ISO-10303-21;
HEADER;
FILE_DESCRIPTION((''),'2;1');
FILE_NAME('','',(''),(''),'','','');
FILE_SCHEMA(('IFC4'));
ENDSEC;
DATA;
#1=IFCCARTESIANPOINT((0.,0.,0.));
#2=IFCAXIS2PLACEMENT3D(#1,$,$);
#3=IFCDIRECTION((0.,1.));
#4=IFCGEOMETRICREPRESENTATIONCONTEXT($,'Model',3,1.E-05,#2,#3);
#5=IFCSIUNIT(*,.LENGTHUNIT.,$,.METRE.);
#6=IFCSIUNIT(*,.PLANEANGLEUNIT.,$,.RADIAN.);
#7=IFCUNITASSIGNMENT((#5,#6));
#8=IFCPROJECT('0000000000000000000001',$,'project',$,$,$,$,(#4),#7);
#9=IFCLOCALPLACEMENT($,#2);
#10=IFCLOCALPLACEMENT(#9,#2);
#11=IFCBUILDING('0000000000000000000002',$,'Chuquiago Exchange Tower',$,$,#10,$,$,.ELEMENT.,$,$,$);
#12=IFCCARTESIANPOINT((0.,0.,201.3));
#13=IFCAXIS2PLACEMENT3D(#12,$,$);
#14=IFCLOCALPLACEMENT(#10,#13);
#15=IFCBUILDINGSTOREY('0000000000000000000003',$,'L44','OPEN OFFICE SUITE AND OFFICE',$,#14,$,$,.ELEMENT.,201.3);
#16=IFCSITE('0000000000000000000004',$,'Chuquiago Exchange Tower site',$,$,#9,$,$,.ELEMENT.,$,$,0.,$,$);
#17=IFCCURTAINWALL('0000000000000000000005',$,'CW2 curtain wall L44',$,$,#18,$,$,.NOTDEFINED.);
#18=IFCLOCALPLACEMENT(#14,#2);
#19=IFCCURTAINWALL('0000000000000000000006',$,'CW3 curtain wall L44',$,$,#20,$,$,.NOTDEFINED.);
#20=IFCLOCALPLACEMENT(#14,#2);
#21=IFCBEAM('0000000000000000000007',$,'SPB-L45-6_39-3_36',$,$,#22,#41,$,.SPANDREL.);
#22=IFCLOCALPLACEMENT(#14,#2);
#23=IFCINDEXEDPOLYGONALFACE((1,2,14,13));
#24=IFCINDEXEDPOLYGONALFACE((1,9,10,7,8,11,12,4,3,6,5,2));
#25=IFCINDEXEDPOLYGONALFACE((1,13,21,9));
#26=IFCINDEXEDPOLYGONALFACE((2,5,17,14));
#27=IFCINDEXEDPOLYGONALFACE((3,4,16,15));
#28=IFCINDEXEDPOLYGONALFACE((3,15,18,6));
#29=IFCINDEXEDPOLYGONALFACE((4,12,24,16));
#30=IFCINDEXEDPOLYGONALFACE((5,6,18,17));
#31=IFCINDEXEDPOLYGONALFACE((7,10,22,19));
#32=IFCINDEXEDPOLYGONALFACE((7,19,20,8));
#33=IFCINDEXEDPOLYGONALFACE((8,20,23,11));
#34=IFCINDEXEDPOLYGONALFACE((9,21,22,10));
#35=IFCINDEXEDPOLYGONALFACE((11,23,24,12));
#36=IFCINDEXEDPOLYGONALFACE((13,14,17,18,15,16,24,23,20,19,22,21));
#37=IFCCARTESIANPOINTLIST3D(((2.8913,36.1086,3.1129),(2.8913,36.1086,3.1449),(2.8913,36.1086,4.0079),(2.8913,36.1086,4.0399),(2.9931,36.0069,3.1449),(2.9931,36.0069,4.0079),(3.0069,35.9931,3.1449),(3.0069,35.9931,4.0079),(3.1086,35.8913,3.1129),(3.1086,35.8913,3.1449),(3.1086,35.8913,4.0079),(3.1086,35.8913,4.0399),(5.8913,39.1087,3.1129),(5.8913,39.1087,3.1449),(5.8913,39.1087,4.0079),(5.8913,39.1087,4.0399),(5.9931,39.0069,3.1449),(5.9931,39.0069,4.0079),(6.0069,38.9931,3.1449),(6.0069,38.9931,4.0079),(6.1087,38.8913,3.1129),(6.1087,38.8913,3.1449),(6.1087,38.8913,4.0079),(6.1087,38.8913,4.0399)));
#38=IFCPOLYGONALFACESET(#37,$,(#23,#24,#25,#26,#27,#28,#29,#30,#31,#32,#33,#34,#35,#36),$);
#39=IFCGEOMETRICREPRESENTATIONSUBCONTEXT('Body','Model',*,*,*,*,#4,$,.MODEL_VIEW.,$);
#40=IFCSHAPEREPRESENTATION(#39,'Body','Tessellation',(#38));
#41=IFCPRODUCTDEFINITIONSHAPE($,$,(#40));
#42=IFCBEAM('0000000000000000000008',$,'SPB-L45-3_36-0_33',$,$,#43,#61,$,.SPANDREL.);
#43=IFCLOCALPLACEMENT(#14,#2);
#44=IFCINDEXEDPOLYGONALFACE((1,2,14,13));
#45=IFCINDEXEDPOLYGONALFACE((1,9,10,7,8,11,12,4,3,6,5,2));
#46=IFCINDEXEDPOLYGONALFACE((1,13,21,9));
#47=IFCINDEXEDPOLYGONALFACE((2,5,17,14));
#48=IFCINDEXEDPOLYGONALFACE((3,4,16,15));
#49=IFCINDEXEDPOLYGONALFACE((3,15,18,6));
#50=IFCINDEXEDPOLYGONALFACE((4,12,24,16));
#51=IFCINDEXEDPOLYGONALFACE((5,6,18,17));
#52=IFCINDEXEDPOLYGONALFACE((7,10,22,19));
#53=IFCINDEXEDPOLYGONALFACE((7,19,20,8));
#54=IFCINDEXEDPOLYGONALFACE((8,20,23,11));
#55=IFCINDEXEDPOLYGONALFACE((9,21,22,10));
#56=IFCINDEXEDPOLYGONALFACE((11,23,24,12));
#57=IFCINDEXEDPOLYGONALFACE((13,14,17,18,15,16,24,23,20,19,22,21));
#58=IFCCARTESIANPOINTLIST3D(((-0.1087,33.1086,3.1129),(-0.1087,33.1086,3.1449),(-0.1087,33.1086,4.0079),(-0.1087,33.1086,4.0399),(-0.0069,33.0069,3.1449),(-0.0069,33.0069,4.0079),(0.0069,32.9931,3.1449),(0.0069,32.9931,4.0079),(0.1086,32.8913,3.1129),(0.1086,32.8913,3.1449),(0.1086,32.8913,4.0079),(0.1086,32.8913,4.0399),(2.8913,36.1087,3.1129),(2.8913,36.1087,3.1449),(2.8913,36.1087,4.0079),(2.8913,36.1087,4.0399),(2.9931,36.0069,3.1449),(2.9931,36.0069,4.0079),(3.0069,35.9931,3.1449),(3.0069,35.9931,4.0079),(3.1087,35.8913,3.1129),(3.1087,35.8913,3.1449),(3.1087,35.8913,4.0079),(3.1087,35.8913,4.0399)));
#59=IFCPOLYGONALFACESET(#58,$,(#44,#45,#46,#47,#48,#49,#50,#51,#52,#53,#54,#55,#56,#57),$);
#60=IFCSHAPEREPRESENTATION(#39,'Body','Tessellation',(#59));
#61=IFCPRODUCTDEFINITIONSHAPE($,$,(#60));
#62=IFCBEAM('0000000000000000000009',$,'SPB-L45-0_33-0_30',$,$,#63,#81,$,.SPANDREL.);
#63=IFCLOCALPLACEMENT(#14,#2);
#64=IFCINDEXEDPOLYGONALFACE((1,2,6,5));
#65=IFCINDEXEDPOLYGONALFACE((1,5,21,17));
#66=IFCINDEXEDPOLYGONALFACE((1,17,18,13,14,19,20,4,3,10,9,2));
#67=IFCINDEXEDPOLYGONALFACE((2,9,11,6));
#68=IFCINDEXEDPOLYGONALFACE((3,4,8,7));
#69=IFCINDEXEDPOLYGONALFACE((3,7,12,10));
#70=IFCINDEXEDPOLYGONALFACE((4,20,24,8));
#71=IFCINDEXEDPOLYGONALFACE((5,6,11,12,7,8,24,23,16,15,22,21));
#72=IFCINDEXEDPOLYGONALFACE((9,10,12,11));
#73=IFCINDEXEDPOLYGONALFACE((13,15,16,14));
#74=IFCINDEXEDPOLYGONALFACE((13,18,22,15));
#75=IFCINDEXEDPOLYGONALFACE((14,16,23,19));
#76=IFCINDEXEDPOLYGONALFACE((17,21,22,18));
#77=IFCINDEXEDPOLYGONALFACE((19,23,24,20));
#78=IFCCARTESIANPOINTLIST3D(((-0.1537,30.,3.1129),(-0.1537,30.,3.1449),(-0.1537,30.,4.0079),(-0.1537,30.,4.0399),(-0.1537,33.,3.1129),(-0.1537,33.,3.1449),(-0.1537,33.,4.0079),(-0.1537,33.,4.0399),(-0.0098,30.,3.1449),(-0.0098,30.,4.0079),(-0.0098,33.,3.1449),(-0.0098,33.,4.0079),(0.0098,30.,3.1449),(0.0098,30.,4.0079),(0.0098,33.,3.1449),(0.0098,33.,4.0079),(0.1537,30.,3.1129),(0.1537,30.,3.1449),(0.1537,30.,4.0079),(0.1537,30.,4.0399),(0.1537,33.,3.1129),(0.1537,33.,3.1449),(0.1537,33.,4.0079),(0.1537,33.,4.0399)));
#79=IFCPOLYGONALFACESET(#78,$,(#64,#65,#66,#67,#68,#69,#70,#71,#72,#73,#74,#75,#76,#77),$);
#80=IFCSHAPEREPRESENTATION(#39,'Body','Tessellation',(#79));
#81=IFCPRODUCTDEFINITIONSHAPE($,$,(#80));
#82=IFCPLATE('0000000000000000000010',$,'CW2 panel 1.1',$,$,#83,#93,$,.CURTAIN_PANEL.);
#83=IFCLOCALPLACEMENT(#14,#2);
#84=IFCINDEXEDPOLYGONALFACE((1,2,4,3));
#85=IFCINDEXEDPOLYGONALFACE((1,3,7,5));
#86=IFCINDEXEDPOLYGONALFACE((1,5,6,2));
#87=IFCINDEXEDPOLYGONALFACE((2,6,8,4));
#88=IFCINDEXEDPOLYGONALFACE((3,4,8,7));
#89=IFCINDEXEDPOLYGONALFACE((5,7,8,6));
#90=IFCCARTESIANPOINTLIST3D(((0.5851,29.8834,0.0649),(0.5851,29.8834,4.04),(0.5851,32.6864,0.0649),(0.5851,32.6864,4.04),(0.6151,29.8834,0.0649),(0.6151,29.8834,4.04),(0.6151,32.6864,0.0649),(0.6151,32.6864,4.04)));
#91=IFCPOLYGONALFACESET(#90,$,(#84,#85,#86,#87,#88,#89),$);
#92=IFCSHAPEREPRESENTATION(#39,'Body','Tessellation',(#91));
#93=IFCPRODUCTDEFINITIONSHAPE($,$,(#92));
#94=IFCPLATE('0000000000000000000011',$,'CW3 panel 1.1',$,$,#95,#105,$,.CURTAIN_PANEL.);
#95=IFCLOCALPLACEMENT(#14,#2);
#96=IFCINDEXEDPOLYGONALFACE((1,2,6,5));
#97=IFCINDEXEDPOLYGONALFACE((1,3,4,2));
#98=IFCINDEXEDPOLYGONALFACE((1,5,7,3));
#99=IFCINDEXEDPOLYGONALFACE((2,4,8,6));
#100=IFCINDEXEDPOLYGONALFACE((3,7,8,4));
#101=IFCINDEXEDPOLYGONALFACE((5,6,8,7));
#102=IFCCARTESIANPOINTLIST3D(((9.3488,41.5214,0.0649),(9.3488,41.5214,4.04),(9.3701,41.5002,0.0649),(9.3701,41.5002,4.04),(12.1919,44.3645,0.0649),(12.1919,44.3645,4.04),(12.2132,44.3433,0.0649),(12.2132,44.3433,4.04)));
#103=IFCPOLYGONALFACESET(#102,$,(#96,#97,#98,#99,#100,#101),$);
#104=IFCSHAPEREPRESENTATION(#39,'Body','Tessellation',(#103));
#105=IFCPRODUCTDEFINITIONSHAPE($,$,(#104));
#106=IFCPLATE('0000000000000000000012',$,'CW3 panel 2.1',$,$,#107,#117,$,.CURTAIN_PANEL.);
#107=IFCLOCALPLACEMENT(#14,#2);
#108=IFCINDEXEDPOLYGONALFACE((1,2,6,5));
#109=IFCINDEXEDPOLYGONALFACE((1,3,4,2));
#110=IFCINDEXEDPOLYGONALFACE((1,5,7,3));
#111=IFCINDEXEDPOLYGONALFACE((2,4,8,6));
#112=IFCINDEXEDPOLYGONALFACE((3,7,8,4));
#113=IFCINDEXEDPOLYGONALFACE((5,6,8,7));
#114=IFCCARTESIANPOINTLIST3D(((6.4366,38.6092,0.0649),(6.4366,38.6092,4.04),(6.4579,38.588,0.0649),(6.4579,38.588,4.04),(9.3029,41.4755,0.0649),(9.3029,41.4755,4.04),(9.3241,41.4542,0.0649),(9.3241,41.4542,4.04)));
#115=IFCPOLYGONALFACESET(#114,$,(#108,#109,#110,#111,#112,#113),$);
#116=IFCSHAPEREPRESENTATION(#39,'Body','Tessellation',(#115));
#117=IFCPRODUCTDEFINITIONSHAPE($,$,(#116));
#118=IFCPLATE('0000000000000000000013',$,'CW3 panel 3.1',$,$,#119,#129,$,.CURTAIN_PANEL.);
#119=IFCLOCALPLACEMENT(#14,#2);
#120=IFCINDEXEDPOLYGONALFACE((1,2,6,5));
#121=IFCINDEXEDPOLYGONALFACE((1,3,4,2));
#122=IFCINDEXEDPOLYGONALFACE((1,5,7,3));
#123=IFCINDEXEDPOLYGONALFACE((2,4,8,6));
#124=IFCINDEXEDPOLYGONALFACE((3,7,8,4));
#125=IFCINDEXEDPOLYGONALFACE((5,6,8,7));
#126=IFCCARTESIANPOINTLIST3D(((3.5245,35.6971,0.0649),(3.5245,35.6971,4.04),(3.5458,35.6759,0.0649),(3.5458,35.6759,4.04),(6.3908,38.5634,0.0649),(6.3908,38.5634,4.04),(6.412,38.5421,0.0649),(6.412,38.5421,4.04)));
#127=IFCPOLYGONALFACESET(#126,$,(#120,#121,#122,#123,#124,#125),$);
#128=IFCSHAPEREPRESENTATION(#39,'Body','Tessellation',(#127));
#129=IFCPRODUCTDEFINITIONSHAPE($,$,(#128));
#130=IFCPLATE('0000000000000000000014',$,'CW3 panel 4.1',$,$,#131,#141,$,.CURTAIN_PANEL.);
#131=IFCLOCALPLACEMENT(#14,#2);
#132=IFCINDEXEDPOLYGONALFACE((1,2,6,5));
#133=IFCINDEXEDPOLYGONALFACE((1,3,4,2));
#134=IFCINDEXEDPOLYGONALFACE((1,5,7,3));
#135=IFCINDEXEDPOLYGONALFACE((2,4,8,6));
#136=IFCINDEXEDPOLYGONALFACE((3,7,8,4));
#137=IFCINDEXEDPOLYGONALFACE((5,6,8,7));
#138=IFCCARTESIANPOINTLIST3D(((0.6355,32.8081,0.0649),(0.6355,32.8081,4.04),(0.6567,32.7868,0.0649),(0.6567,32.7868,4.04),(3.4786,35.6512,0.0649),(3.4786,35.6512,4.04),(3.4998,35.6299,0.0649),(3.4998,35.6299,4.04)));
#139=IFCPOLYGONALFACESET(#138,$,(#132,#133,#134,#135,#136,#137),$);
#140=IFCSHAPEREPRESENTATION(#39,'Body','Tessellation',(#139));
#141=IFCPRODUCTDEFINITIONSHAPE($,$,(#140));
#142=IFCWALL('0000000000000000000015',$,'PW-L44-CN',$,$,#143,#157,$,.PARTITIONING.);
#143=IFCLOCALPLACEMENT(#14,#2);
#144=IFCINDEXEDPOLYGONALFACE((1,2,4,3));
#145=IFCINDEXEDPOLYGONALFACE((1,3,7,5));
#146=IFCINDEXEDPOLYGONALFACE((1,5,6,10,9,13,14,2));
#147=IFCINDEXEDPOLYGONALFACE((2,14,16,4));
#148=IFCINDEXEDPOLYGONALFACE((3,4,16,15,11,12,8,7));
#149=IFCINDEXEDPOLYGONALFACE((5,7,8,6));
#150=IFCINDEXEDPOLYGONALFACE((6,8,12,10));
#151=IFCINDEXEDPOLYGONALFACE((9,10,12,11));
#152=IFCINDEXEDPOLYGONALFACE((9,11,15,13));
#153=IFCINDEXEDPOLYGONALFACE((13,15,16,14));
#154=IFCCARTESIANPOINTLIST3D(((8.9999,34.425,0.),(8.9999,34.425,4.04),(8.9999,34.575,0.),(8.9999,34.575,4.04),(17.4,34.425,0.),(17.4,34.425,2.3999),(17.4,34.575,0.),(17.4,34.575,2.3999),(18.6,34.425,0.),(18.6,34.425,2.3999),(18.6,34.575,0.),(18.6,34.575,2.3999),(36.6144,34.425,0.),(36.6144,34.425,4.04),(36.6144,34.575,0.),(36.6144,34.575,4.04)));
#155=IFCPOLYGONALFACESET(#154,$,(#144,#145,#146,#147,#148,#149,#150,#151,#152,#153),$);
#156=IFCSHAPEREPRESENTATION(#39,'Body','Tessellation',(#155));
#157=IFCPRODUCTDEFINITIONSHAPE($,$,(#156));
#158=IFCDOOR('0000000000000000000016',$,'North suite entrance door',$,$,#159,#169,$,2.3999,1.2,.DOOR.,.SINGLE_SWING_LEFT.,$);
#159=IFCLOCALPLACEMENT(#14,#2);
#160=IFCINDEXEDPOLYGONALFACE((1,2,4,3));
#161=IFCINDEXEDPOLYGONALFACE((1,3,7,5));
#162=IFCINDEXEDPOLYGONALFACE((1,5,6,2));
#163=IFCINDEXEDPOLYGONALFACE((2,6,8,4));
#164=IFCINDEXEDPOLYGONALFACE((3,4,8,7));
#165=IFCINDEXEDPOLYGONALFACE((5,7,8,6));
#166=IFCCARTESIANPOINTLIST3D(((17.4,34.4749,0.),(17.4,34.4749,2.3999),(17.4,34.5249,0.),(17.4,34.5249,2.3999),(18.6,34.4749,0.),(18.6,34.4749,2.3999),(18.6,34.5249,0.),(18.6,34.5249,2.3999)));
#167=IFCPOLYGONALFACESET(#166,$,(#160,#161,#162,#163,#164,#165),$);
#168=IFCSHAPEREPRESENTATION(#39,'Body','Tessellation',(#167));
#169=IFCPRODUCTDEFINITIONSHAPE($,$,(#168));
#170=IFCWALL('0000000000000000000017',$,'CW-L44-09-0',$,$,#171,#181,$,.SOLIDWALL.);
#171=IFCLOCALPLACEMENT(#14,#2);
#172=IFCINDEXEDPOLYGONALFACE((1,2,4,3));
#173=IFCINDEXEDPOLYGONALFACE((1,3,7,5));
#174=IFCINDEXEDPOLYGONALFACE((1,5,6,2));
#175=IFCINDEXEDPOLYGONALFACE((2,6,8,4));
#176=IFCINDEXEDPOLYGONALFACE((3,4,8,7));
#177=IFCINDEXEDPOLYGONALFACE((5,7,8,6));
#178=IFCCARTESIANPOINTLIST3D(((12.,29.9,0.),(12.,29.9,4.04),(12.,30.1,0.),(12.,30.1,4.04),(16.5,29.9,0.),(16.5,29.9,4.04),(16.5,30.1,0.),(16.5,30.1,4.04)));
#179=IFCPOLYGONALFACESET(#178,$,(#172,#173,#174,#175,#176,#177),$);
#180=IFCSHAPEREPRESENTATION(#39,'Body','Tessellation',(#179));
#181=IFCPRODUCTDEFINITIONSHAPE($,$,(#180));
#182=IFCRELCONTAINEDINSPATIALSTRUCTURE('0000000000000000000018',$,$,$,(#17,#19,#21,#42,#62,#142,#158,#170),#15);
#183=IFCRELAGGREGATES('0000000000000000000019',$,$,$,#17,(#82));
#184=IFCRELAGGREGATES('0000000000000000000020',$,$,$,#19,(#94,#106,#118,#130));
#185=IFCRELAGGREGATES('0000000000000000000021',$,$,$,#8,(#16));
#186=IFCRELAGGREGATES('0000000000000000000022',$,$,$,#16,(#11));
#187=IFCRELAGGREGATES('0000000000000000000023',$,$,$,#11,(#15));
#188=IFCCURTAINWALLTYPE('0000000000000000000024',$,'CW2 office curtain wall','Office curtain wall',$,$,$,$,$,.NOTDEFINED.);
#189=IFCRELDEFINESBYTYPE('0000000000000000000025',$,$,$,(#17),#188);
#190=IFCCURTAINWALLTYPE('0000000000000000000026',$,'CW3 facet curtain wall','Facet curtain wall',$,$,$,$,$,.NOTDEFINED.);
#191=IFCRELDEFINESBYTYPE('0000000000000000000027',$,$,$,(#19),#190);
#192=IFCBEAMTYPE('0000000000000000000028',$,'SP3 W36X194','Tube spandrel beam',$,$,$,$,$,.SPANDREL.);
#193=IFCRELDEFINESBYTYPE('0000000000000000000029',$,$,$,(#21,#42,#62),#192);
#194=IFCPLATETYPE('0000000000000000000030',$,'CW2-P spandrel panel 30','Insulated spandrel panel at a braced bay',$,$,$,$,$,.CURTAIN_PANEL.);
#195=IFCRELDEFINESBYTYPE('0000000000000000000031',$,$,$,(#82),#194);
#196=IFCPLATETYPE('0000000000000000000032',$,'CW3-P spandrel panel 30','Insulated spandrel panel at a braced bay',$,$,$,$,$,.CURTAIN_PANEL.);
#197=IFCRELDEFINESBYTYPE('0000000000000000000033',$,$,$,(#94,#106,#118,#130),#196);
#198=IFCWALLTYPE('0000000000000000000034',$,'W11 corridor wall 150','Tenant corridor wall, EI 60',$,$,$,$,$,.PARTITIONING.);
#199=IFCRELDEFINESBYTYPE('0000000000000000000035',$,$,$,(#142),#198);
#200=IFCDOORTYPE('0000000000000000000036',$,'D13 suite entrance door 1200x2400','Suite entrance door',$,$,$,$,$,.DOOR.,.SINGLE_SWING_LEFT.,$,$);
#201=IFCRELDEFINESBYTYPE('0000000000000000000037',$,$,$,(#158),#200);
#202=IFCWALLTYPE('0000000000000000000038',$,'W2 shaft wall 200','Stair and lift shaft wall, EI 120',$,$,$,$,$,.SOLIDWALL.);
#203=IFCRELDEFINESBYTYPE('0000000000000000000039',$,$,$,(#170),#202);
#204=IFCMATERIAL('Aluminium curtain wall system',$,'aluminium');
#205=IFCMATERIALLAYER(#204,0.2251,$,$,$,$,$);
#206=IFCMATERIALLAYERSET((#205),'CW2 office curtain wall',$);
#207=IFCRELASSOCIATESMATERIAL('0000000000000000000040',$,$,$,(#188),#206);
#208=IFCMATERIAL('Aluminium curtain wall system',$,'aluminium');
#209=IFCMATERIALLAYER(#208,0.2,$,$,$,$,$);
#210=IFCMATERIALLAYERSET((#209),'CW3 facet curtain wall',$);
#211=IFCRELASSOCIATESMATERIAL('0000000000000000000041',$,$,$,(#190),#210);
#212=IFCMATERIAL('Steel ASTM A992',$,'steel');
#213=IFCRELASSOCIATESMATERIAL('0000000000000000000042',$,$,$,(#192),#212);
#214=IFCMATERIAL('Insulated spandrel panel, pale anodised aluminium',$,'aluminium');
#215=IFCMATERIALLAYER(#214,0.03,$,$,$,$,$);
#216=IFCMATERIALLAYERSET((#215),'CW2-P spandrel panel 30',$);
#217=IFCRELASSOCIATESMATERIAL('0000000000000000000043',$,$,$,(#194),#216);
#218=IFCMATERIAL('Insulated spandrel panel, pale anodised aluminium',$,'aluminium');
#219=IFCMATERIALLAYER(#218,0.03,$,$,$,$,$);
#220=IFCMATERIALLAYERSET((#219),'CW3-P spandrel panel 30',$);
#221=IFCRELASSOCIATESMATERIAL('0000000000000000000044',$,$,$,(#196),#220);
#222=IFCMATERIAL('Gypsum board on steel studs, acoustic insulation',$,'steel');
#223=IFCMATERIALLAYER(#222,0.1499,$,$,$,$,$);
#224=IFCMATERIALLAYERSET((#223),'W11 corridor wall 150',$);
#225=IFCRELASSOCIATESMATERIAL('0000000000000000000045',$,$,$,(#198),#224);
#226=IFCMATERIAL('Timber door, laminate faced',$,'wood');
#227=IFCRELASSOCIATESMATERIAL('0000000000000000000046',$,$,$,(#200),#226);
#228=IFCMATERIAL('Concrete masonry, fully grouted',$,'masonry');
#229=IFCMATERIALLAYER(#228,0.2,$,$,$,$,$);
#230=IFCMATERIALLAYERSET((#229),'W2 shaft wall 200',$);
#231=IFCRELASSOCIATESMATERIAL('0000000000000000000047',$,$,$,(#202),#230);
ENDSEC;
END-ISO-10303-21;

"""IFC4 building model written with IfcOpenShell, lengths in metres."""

from ifc_helpers import new_model, si_unit, direction, frame, frame_2d, origin, origin_2d, place, context, subcontext, project, spatial, rectangle, i_section, extrude, material, layer, layer_set, material_profile, profile_set, type_object, element, fill, aggregate, save


model = new_model("IFC4")

# Units and contexts
model_context = context("Model", 3, precision=1e-05, world=origin(), true_north=direction((0.0, 1.0)))
body_context = subcontext(model_context, "Body", "Model", "MODEL_VIEW")
ifc_project = project(units=[si_unit("LENGTHUNIT", "METRE"), si_unit("PLANEANGLEUNIT", "RADIAN")], contexts=[model_context])

# Site, building, storey
site_placement = place(None, origin())
site = spatial("IfcSite", under=ifc_project, at=site_placement, Name="Chuquiago Exchange Tower site", CompositionType="ELEMENT", RefElevation=0.0)
building_placement = place(site_placement, origin())
building = spatial("IfcBuilding", under=site, at=building_placement, Name="Chuquiago Exchange Tower", CompositionType="ELEMENT")
storey_placement = place(building_placement, frame((0.0, 0.0, 201.3)))
storey = spatial("IfcBuildingStorey", under=building, at=storey_placement, Name="L44", Description="OPEN OFFICE SUITE AND OFFICE", CompositionType="ELEMENT", Elevation=201.3)

# Curtain walls
ifc_material_1 = material(Name="Aluminium curtain wall system", Category="aluminium")
ifc_layer_1 = layer(ifc_material_1, 0.2251)
ifc_layer_set_1 = layer_set([ifc_layer_1], Name="CW2 office curtain wall")
curtain_wall_type_1 = type_object("IfcCurtainWallType", Name="CW2 office curtain wall", Description="Office curtain wall", PredefinedType="NOTDEFINED", material=ifc_layer_set_1)
curtain_wall_1_placement = place(storey_placement, origin())
curtain_wall_1 = element("IfcCurtainWall", 1, at=curtain_wall_1_placement, inside=storey, type_object=curtain_wall_type_1, Name="CW2 curtain wall L44", PredefinedType="NOTDEFINED")
ifc_material_2 = material(Name="Aluminium curtain wall system", Category="aluminium")
ifc_layer_2 = layer(ifc_material_2, 0.2)
ifc_layer_set_2 = layer_set([ifc_layer_2], Name="CW3 facet curtain wall")
curtain_wall_type_2 = type_object("IfcCurtainWallType", Name="CW3 facet curtain wall", Description="Facet curtain wall", PredefinedType="NOTDEFINED", material=ifc_layer_set_2)
curtain_wall_2_placement = place(storey_placement, origin())
curtain_wall_2 = element("IfcCurtainWall", 2, at=curtain_wall_2_placement, inside=storey, type_object=curtain_wall_type_2, Name="CW3 curtain wall L44", PredefinedType="NOTDEFINED")

# Beams
ifc_material_3 = material(Name="Steel ASTM A992", Category="steel")
ifc_material_profile_1 = material_profile(ifc_material_3, i_section(OverallWidth=0.3074, OverallDepth=0.927, WebThickness=0.0195, FlangeThickness=0.032, at=origin_2d()), Name="W36X194")
ifc_profile_set_1 = profile_set([ifc_material_profile_1], Name="Steel ASTM A992")
beam_type_1 = type_object("IfcBeamType", Name="SP3 W36X194", Description="Tube spandrel beam", PredefinedType="SPANDREL", material=ifc_profile_set_1)
for number, where, z_axis, x_axis, name in (
    (3, (6.0, 39.0, 3.5764), (-0.707107, -0.707107, 0.0), (0.707107, -0.707107, 0.0), "SPB-L45-6_39-3_36"),
    (4, (3.0, 36.0, 3.5764), (-0.707107, -0.707107, 0.0), (0.707107, -0.707107, 0.0), "SPB-L45-3_36-0_33"),
):
    element("IfcBeam", number, at=place(storey_placement, frame(where, z_axis=z_axis, x_axis=x_axis)), inside=storey, type_object=beam_type_1, Name=name, PredefinedType="SPANDREL", context=body_context, shape_type="SweptSolid", body=[
        extrude(i_section(OverallWidth=0.3074, OverallDepth=0.927, WebThickness=0.0195, FlangeThickness=0.032, at=origin_2d()), origin(), (0.0, 0.0, 1.0), 4.2427),
    ])
beam_1_placement = place(storey_placement, frame((0.0, 33.0, 3.5764), z_axis=(0.0, -1.0, 0.0), x_axis=(1.0, 0.0, 0.0)))
element("IfcBeam", 5, at=beam_1_placement, inside=storey, type_object=beam_type_1, Name="SPB-L45-0_33-0_30", PredefinedType="SPANDREL", context=body_context, shape_type="SweptSolid", body=[
    extrude(i_section(OverallWidth=0.3074, OverallDepth=0.927, WebThickness=0.0195, FlangeThickness=0.032, at=origin_2d()), origin(), (0.0, 0.0, 1.0), 3.0),
])

# Plates
ifc_material_4 = material(Name="Insulated spandrel panel, pale anodised aluminium", Category="aluminium")
ifc_layer_3 = layer(ifc_material_4, 0.03)
ifc_layer_set_3 = layer_set([ifc_layer_3], Name="CW2-P spandrel panel 30")
plate_type_1 = type_object("IfcPlateType", Name="CW2-P spandrel panel 30", Description="Insulated spandrel panel at a braced bay", PredefinedType="CURTAIN_PANEL", material=ifc_layer_set_3)
plate_1_placement = place(storey_placement, frame((0.6001, 31.2849, 0.0649), z_axis=(0.0, 0.0, 1.0), x_axis=(0.0, -1.0, 0.0)))
plate_1 = element("IfcPlate", 6, at=plate_1_placement, type_object=plate_type_1, Name="CW2 panel 1.1", PredefinedType="CURTAIN_PANEL", context=body_context, shape_type="SweptSolid", body=[
    extrude(rectangle(XDim=2.803, YDim=0.03, at=origin_2d()), origin(), (0.0, 0.0, 1.0), 3.9751),
])
aggregate(curtain_wall_1, [plate_1])
ifc_material_5 = material(Name="Insulated spandrel panel, pale anodised aluminium", Category="aluminium")
ifc_layer_4 = layer(ifc_material_5, 0.03)
ifc_layer_set_4 = layer_set([ifc_layer_4], Name="CW3-P spandrel panel 30")
plate_type_2 = type_object("IfcPlateType", Name="CW3-P spandrel panel 30", Description="Insulated spandrel panel at a braced bay", PredefinedType="CURTAIN_PANEL", material=ifc_layer_set_4)
plate_2_placement = place(storey_placement, frame((10.781, 42.9324, 0.0649), z_axis=(0.0, 0.0, 1.0), x_axis=(-0.707107, -0.707107, 0.0)))
plate_2 = element("IfcPlate", 7, at=plate_2_placement, type_object=plate_type_2, Name="CW3 panel 1.1", PredefinedType="CURTAIN_PANEL", context=body_context, shape_type="SweptSolid", body=[
    extrude(rectangle(XDim=4.0208, YDim=0.03, at=origin_2d()), origin(), (0.0, 0.0, 1.0), 3.9751),
])
plate_3_placement = place(storey_placement, frame((7.8804, 40.0317, 0.0649), z_axis=(0.0, 0.0, 1.0), x_axis=(-0.707107, -0.707107, 0.0)))
plate_3 = element("IfcPlate", 8, at=plate_3_placement, type_object=plate_type_2, Name="CW3 panel 2.1", PredefinedType="CURTAIN_PANEL", context=body_context, shape_type="SweptSolid", body=[
    extrude(rectangle(XDim=4.0535, YDim=0.03, at=origin_2d()), origin(), (0.0, 0.0, 1.0), 3.9751),
])
plate_4_placement = place(storey_placement, frame((4.9683, 37.1196, 0.0649), z_axis=(0.0, 0.0, 1.0), x_axis=(-0.707107, -0.707107, 0.0)))
plate_4 = element("IfcPlate", 9, at=plate_4_placement, type_object=plate_type_2, Name="CW3 panel 3.1", PredefinedType="CURTAIN_PANEL", context=body_context, shape_type="SweptSolid", body=[
    extrude(rectangle(XDim=4.0535, YDim=0.03, at=origin_2d()), origin(), (0.0, 0.0, 1.0), 3.9751),
])
plate_5_placement = place(storey_placement, frame((2.0676, 34.219, 0.0649), z_axis=(0.0, 0.0, 1.0), x_axis=(-0.707107, -0.707107, 0.0)))
plate_5 = element("IfcPlate", 10, at=plate_5_placement, type_object=plate_type_2, Name="CW3 panel 4.1", PredefinedType="CURTAIN_PANEL", context=body_context, shape_type="SweptSolid", body=[
    extrude(rectangle(XDim=4.0208, YDim=0.03, at=origin_2d()), origin(), (0.0, 0.0, 1.0), 3.9751),
])
aggregate(curtain_wall_2, [plate_2, plate_3, plate_4, plate_5])

# Wall, opening, door
ifc_material_6 = material(Name="Gypsum board on steel studs, acoustic insulation", Category="steel")
ifc_layer_5 = layer(ifc_material_6, 0.1499)
ifc_layer_set_5 = layer_set([ifc_layer_5], Name="W11 corridor wall 150")
wall_type_1 = type_object("IfcWallType", Name="W11 corridor wall 150", Description="Tenant corridor wall, EI 60", PredefinedType="PARTITIONING", material=ifc_layer_set_5)
wall_1_placement = place(storey_placement, frame((9.0, 34.5, 0.0), z_axis=(0.0, 0.0, 1.0), x_axis=(1.0, 0.0, 0.0)))
wall_1 = element("IfcWall", 11, at=wall_1_placement, inside=storey, type_object=wall_type_1, Name="PW-L44-CN", PredefinedType="PARTITIONING", context=body_context, shape_type="SweptSolid", body=[
    extrude(rectangle(XDim=27.6145, YDim=0.1499, at=frame_2d((13.8071, 0.0))), origin(), (0.0, 0.0, 1.0), 4.04),
])
opening_placement = place(wall_1_placement, frame((8.3999, 0.0, 0.0)))
opening = element("IfcOpeningElement", 12, at=opening_placement, cuts=wall_1, PredefinedType="OPENING", context=body_context, shape_type="SweptSolid", body=[
    extrude(rectangle(XDim=1.2, YDim=2.3999, at=frame_2d((0.6001, 1.2))), frame((0.0, 0.085, 0.0), z_axis=(0.0, -1.0, 0.0), x_axis=(1.0, 0.0, 0.0)), (0.0, 0.0, 1.0), 0.1699),
])
ifc_material_7 = material(Name="Timber door, laminate faced", Category="wood")
door_type = type_object("IfcDoorType", Name="D13 suite entrance door 1200x2400", Description="Suite entrance door", OperationType="SINGLE_SWING_LEFT", PredefinedType="DOOR", material=ifc_material_7)
door_placement = place(opening_placement, origin())
door = element("IfcDoor", 13, at=door_placement, inside=storey, type_object=door_type, Name="North suite entrance door", OperationType="SINGLE_SWING_LEFT", OverallHeight=2.3999, OverallWidth=1.2, PredefinedType="DOOR", context=body_context, shape_type="SweptSolid", body=[
    extrude(rectangle(XDim=1.2, YDim=2.3999, at=frame_2d((0.6001, 1.2))), frame((0.0, 0.0249, 0.0), z_axis=(0.0, -1.0, 0.0), x_axis=(1.0, 0.0, 0.0)), (0.0, 0.0, 1.0), 0.05),
])
fill(opening, door)

# Wall
ifc_material_8 = material(Name="Concrete masonry, fully grouted", Category="masonry")
ifc_layer_6 = layer(ifc_material_8, 0.2)
ifc_layer_set_6 = layer_set([ifc_layer_6], Name="W2 shaft wall 200")
wall_type_2 = type_object("IfcWallType", Name="W2 shaft wall 200", Description="Stair and lift shaft wall, EI 120", PredefinedType="SOLIDWALL", material=ifc_layer_set_6)
wall_2_placement = place(storey_placement, frame((12.0, 30.0, 0.0), z_axis=(0.0, 0.0, 1.0), x_axis=(1.0, 0.0, 0.0)))
element("IfcWall", 14, at=wall_2_placement, inside=storey, type_object=wall_type_2, Name="CW-L44-09-0", PredefinedType="SOLIDWALL", context=body_context, shape_type="SweptSolid", body=[
    extrude(rectangle(XDim=4.5, YDim=0.2, at=frame_2d((2.25, 0.0))), origin(), (0.0, 0.0, 1.0), 4.04),
])

save(model, "model.ifc")
